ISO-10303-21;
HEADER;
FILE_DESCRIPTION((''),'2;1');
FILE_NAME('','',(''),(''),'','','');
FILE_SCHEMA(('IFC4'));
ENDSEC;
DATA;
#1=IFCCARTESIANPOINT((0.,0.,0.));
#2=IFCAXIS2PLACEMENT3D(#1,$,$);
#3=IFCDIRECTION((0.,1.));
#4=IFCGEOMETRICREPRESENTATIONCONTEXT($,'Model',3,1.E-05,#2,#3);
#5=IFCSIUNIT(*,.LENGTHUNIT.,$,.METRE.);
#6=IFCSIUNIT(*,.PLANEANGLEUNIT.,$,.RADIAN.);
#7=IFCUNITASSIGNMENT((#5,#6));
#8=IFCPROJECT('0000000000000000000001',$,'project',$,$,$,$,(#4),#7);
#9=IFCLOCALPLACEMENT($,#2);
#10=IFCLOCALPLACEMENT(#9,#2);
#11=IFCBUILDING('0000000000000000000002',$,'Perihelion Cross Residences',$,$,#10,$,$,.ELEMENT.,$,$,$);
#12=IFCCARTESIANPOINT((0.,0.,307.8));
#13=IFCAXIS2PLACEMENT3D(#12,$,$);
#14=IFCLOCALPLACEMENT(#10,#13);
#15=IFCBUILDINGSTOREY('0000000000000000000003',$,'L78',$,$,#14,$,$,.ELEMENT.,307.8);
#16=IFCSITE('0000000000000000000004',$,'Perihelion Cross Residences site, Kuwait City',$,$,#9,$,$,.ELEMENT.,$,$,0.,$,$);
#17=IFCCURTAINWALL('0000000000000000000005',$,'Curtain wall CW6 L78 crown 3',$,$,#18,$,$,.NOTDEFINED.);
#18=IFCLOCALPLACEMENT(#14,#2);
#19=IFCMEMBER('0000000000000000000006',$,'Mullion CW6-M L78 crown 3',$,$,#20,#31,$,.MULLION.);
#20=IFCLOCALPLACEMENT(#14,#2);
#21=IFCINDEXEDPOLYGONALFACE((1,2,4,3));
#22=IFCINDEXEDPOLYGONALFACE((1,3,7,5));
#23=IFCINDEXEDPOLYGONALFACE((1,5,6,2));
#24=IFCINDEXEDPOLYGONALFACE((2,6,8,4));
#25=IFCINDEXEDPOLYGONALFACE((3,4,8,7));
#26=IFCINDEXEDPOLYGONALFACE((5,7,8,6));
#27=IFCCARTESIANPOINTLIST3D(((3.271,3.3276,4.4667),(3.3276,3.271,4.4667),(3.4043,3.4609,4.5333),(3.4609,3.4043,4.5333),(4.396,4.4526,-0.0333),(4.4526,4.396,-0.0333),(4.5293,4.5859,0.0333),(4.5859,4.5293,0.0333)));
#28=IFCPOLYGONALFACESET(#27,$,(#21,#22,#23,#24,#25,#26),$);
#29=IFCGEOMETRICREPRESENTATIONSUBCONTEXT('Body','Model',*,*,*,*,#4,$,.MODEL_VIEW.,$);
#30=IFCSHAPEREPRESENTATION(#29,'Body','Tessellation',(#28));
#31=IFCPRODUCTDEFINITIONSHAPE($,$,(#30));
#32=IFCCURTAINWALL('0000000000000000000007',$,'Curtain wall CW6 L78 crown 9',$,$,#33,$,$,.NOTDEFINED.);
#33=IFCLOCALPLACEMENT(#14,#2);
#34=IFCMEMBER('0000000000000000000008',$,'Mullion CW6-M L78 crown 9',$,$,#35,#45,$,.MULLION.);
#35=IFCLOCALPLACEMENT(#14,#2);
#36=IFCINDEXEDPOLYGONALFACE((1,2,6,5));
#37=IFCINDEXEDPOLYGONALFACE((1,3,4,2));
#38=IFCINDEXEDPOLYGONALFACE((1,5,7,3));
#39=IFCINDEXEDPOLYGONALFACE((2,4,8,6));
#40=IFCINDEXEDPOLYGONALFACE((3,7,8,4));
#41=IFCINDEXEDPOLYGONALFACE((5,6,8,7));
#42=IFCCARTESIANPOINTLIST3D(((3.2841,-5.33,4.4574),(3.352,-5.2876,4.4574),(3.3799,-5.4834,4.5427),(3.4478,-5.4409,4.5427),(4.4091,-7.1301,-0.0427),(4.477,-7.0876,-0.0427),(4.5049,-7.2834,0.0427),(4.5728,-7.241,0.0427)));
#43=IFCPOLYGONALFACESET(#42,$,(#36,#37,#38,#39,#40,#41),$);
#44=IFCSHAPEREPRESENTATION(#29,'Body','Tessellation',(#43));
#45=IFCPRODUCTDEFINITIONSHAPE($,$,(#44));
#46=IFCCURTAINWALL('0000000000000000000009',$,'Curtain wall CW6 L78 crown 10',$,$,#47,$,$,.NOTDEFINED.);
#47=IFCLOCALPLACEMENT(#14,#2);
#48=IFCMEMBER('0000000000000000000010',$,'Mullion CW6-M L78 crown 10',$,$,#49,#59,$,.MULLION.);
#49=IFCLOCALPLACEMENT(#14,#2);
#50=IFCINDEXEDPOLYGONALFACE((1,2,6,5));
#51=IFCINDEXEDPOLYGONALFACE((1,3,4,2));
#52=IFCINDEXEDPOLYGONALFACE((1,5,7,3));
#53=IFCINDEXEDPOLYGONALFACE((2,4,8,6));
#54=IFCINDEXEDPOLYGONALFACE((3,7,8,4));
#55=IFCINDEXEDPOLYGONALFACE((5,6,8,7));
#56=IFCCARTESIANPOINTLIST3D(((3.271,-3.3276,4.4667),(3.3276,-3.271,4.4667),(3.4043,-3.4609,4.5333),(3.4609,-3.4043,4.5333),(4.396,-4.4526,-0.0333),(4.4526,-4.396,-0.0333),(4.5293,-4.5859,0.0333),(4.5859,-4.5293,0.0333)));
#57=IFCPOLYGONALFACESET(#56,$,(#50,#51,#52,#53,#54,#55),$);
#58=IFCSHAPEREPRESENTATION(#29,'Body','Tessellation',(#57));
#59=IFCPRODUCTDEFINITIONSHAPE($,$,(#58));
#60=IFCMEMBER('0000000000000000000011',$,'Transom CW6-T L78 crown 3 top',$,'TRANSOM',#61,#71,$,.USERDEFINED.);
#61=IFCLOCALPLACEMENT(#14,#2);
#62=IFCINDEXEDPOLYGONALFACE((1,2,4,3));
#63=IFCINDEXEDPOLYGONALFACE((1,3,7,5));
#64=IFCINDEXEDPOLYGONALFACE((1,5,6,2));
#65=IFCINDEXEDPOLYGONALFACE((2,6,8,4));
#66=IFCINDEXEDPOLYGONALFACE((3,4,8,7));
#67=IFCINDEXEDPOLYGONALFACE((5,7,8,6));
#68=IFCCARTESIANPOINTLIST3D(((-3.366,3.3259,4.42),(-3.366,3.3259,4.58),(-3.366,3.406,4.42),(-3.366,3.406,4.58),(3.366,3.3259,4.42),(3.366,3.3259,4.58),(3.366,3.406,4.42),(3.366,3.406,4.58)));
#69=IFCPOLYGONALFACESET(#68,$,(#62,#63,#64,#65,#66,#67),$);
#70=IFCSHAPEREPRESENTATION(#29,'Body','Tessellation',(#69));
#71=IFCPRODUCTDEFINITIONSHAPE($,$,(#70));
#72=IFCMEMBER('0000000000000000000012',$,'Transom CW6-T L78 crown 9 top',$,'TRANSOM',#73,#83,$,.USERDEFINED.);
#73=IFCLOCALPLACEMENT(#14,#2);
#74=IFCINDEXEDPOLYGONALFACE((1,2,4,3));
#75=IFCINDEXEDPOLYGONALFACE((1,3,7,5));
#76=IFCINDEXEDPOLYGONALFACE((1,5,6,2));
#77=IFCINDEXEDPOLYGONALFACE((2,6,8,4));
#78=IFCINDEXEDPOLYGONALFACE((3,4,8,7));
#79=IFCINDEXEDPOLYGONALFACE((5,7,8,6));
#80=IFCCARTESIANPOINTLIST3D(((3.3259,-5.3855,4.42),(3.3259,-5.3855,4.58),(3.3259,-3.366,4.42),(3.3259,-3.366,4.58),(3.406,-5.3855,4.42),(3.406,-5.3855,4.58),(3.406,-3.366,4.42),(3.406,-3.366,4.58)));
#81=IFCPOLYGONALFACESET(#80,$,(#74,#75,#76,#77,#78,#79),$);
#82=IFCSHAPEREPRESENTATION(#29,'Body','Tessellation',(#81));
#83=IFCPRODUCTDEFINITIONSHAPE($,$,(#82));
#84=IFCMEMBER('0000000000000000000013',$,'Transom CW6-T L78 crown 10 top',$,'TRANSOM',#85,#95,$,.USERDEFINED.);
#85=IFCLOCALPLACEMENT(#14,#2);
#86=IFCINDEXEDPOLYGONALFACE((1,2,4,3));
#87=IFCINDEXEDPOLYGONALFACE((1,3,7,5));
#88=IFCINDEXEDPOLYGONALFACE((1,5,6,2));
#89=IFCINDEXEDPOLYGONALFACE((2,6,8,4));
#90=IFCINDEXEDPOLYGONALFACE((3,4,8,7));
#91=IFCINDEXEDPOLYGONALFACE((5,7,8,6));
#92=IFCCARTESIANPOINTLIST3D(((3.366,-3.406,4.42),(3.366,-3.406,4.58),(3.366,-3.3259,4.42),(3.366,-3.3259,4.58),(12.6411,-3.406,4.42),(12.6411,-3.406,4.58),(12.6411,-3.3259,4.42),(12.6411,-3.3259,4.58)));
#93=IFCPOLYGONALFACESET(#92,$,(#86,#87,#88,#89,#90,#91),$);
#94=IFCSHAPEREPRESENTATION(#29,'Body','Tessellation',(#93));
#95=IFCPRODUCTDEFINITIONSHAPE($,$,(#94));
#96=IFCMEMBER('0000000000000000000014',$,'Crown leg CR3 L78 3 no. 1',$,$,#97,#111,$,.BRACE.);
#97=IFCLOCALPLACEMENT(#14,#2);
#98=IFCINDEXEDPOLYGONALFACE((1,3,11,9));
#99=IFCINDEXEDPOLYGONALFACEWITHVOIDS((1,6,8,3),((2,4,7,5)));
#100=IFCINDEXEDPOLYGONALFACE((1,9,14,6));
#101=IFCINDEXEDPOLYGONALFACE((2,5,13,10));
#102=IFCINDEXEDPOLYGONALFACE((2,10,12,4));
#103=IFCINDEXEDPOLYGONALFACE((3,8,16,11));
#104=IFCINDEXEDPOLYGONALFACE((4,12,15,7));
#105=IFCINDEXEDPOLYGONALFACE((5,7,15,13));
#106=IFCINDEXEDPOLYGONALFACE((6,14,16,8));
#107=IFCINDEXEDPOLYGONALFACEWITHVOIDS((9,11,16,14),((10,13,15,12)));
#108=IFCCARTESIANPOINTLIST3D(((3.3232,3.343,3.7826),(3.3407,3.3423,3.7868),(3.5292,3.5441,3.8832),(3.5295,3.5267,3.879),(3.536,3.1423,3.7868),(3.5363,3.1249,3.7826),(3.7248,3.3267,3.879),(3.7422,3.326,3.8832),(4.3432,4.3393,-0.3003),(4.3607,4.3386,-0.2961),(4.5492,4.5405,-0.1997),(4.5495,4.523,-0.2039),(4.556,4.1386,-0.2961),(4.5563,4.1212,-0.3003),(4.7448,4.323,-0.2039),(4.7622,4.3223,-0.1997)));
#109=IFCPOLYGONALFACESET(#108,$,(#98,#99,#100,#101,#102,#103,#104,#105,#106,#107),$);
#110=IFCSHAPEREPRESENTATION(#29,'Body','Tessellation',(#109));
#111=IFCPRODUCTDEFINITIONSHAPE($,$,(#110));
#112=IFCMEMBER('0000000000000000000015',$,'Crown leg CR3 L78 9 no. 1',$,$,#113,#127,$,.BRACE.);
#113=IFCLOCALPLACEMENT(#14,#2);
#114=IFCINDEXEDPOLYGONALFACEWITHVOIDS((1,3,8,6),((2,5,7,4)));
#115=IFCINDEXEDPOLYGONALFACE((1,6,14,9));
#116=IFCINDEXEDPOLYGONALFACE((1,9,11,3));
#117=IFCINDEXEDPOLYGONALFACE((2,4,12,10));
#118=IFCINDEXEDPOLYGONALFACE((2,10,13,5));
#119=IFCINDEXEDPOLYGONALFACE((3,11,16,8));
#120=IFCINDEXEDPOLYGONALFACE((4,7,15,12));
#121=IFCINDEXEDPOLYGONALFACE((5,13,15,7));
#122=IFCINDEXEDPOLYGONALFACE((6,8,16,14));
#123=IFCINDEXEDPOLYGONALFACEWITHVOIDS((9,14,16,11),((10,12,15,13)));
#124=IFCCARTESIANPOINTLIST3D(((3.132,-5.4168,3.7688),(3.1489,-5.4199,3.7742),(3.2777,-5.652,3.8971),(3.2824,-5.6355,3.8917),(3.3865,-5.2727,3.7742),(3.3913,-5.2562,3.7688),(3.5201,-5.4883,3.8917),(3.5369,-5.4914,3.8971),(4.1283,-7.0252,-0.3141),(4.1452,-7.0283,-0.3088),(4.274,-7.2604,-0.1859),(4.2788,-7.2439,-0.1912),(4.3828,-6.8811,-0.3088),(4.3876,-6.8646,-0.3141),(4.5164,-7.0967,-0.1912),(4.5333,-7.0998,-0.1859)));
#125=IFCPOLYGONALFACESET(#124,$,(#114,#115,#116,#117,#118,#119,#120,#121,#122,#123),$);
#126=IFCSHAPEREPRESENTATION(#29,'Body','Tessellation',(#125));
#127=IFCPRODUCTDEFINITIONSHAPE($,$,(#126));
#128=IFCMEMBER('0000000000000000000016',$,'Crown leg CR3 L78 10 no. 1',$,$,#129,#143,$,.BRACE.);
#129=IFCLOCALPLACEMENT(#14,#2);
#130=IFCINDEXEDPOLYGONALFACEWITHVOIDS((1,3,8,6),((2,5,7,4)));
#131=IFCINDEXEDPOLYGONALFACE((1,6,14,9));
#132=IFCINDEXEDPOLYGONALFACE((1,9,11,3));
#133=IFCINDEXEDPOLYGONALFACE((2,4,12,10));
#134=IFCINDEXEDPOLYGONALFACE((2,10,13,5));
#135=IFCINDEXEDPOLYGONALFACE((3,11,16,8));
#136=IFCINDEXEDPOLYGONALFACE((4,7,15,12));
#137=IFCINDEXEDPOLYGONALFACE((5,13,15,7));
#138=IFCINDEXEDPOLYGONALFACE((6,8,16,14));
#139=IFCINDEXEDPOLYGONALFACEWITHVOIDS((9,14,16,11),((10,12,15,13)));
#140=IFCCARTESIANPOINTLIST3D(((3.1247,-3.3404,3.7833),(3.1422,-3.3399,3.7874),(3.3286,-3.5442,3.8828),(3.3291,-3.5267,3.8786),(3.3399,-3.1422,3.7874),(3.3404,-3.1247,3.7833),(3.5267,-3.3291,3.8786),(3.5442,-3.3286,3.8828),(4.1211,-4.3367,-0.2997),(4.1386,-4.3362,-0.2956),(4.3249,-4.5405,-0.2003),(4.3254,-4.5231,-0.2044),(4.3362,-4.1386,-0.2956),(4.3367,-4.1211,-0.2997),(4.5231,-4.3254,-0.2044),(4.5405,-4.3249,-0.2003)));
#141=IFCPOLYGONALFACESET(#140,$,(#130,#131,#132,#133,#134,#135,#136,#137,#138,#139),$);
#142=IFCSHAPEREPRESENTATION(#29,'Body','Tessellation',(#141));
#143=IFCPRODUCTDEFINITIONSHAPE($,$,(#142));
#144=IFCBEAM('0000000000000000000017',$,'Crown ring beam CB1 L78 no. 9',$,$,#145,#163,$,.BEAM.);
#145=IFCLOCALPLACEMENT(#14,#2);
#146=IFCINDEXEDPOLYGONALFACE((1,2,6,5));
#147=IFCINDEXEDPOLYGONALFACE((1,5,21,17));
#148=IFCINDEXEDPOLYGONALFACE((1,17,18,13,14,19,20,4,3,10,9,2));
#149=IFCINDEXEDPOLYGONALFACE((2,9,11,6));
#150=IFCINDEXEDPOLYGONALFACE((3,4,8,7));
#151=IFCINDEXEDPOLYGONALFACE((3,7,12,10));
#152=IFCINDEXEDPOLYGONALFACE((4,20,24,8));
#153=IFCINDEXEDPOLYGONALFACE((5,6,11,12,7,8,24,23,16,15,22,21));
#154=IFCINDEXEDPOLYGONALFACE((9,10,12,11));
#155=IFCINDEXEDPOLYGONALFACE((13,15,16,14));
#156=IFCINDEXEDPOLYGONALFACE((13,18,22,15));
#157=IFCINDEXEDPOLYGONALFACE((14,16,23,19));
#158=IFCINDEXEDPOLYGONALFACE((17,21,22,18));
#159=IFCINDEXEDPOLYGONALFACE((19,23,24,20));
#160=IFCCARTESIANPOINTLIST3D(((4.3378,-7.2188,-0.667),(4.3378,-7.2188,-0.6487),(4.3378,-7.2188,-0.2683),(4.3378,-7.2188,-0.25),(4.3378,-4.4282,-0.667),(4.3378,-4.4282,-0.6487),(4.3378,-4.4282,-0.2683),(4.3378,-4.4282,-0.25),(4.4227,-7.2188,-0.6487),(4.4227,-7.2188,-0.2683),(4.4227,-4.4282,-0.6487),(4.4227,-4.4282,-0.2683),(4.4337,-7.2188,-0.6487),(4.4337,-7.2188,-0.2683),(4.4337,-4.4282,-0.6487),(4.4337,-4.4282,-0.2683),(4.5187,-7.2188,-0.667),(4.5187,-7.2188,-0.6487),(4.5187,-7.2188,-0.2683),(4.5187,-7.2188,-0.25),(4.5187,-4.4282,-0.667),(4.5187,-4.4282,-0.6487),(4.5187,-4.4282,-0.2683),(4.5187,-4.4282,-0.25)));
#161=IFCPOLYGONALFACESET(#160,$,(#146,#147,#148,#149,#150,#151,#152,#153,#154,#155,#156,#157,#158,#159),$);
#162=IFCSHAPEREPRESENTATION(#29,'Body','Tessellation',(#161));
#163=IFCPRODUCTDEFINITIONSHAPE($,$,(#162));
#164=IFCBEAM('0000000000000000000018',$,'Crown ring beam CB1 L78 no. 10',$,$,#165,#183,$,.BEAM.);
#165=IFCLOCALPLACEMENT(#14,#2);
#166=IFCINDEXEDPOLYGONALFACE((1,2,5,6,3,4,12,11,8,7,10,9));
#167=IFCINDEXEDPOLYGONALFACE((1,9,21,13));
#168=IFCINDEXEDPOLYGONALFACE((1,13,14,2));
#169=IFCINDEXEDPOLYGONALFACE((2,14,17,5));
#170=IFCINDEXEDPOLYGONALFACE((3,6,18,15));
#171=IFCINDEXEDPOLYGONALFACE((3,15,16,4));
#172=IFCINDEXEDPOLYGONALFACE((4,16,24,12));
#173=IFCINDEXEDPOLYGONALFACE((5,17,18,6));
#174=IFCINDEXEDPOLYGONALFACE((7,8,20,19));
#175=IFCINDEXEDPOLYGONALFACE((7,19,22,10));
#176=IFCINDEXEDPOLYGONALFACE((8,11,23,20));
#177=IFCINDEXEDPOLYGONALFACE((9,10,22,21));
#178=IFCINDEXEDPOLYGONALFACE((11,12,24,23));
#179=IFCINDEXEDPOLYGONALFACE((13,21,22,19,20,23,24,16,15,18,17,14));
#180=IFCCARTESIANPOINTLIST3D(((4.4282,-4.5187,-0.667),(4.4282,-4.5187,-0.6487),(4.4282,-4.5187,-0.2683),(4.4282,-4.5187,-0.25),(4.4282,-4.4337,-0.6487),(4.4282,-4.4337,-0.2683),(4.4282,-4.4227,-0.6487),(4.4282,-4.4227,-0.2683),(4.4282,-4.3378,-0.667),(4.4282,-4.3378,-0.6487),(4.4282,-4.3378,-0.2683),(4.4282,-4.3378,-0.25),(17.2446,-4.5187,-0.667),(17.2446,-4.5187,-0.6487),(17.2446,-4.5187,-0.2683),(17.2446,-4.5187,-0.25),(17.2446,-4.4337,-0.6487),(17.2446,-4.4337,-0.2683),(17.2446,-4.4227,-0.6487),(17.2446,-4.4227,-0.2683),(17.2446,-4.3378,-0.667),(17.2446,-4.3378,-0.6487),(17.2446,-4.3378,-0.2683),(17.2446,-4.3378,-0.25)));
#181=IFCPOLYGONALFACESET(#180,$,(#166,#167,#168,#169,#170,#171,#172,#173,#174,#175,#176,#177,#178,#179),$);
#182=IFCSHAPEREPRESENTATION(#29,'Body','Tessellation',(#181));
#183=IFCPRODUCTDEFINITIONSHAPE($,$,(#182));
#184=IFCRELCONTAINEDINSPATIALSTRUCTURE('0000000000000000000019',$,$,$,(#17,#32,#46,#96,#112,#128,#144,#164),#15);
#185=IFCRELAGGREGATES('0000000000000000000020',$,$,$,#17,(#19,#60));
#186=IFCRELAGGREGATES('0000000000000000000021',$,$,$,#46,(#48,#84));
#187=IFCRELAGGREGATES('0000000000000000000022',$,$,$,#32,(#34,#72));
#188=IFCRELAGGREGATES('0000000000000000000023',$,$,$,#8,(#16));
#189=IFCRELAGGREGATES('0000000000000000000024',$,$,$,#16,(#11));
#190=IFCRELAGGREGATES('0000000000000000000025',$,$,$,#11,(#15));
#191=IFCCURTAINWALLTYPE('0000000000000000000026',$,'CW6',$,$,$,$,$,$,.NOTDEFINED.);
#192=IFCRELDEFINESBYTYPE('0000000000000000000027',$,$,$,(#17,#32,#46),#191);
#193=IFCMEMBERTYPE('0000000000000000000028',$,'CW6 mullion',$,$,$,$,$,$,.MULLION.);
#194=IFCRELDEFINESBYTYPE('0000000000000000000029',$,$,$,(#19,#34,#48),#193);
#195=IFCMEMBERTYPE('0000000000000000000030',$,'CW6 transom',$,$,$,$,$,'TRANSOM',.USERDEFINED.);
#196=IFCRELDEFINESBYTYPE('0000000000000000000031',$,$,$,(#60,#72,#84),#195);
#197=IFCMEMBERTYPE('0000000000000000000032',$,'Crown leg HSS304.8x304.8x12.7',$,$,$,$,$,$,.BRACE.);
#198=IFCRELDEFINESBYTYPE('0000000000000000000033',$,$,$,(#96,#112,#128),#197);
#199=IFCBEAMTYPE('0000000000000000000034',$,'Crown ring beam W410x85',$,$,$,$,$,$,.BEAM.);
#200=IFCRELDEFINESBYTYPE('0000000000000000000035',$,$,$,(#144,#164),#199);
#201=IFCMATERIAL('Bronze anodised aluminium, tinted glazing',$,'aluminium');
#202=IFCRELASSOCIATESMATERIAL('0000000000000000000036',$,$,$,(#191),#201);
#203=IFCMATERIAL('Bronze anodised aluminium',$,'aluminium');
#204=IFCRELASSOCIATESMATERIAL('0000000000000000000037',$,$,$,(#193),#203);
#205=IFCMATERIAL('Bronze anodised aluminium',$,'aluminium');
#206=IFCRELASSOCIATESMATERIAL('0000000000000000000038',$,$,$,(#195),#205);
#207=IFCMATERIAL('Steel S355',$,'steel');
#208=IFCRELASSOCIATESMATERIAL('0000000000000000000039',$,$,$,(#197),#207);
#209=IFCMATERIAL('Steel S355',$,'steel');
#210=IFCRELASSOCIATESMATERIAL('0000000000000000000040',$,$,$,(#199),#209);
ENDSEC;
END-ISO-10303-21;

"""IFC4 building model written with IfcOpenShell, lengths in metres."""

from ifc_helpers import new_model, si_unit, direction, frame, origin, origin_2d, place, context, subcontext, project, spatial, rectangle, hollow_rectangle, i_section, extrude, material, material_profile, profile_set, type_object, element, aggregate, save


model = new_model("IFC4")

# Units and contexts
model_context = context("Model", 3, precision=1e-05, world=origin(), true_north=direction((0.0, 1.0)))
body_context = subcontext(model_context, "Body", "Model", "MODEL_VIEW")
ifc_project = project(units=[si_unit("LENGTHUNIT", "METRE"), si_unit("PLANEANGLEUNIT", "RADIAN")], contexts=[model_context])

# Site, building, storey
site_placement = place(None, origin())
site = spatial("IfcSite", under=ifc_project, at=site_placement, Name="Perihelion Cross Residences site, Kuwait City", CompositionType="ELEMENT", RefElevation=0.0)
building_placement = place(site_placement, origin())
building = spatial("IfcBuilding", under=site, at=building_placement, Name="Perihelion Cross Residences", CompositionType="ELEMENT")
storey_placement = place(building_placement, frame((0.0, 0.0, 307.8)))
storey = spatial("IfcBuildingStorey", under=building, at=storey_placement, Name="L78", CompositionType="ELEMENT", Elevation=307.8)

# Curtain walls, members
ifc_material_1 = material(Name="Bronze anodised aluminium, tinted glazing", Category="aluminium")
curtain_wall_type = type_object("IfcCurtainWallType", Name="CW6", PredefinedType="NOTDEFINED", material=ifc_material_1)
curtain_wall_1_placement = place(storey_placement, origin())
curtain_wall_1 = element("IfcCurtainWall", 1, at=curtain_wall_1_placement, inside=storey, type_object=curtain_wall_type, Name="Curtain wall CW6 L78 crown 3", PredefinedType="NOTDEFINED")
ifc_material_2 = material(Name="Bronze anodised aluminium", Category="aluminium")
ifc_material_profile_1 = material_profile(ifc_material_2, rectangle(XDim=0.0801, YDim=0.2, at=origin_2d()), Name="CW6 mullion")
ifc_profile_set_1 = profile_set([ifc_material_profile_1], Name="Bronze anodised aluminium")
member_type_1 = type_object("IfcMemberType", Name="CW6 mullion", PredefinedType="MULLION", material=ifc_profile_set_1)
member_1_placement = place(storey_placement, frame((4.491, 4.491, 0.0), z_axis=(-0.235702, -0.235702, 0.942809), x_axis=(0.707107, -0.707107, 0.0)))
member_1 = element("IfcMember", 2, at=member_1_placement, type_object=member_type_1, Name="Mullion CW6-M L78 crown 3", PredefinedType="MULLION", context=body_context, shape_type="SweptSolid", body=[
    extrude(rectangle(XDim=0.0801, YDim=0.2, at=origin_2d()), origin(), (0.0, 0.0, 1.0), 4.7729),
])
curtain_wall_2_placement = place(storey_placement, origin())
curtain_wall_2 = element("IfcCurtainWall", 3, at=curtain_wall_2_placement, inside=storey, type_object=curtain_wall_type, Name="Curtain wall CW6 L78 crown 9", PredefinedType="NOTDEFINED")
member_2_placement = place(storey_placement, frame((4.491, -7.1855, 0.0), z_axis=(-0.226107, 0.361781, 0.904428), x_axis=(-0.848005, -0.529989, 0.0)))
member_2 = element("IfcMember", 4, at=member_2_placement, type_object=member_type_1, Name="Mullion CW6-M L78 crown 9", PredefinedType="MULLION", context=body_context, shape_type="SweptSolid", body=[
    extrude(rectangle(XDim=0.0801, YDim=0.2, at=origin_2d()), origin(), (0.0, 0.0, 1.0), 4.9756),
])
curtain_wall_3_placement = place(storey_placement, origin())
curtain_wall_3 = element("IfcCurtainWall", 5, at=curtain_wall_3_placement, inside=storey, type_object=curtain_wall_type, Name="Curtain wall CW6 L78 crown 10", PredefinedType="NOTDEFINED")
member_3_placement = place(storey_placement, frame((4.491, -4.491, 0.0), z_axis=(-0.235702, 0.235702, 0.942809), x_axis=(-0.707107, -0.707107, 0.0)))
member_3 = element("IfcMember", 6, at=member_3_placement, type_object=member_type_1, Name="Mullion CW6-M L78 crown 10", PredefinedType="MULLION", context=body_context, shape_type="SweptSolid", body=[
    extrude(rectangle(XDim=0.0801, YDim=0.2, at=origin_2d()), origin(), (0.0, 0.0, 1.0), 4.7729),
])

# Members
ifc_material_3 = material(Name="Bronze anodised aluminium", Category="aluminium")
ifc_material_profile_2 = material_profile(ifc_material_3, rectangle(XDim=0.0801, YDim=0.1599, at=origin_2d()), Name="CW6 transom")
ifc_profile_set_2 = profile_set([ifc_material_profile_2], Name="Bronze anodised aluminium")
member_type_2 = type_object("IfcMemberType", Name="CW6 transom", ElementType="TRANSOM", PredefinedType="USERDEFINED", material=ifc_profile_set_2)
member_4_placement = place(storey_placement, frame((3.366, 3.366, 4.5), z_axis=(-1.0, 0.0, 0.0), x_axis=(0.0, -1.0, 0.0)))
member_4 = element("IfcMember", 7, at=member_4_placement, type_object=member_type_2, Name="Transom CW6-T L78 crown 3 top", ObjectType="TRANSOM", PredefinedType="USERDEFINED", context=body_context, shape_type="SweptSolid", body=[
    extrude(rectangle(XDim=0.0801, YDim=0.1599, at=origin_2d()), origin(), (0.0, 0.0, 1.0), 6.7319),
])
aggregate(curtain_wall_1, [member_1, member_4])
member_5_placement = place(storey_placement, frame((3.366, -5.3855, 4.5), z_axis=(0.0, 1.0, 0.0), x_axis=(-1.0, 0.0, 0.0)))
member_5 = element("IfcMember", 8, at=member_5_placement, type_object=member_type_2, Name="Transom CW6-T L78 crown 9 top", ObjectType="TRANSOM", PredefinedType="USERDEFINED", context=body_context, shape_type="SweptSolid", body=[
    extrude(rectangle(XDim=0.0801, YDim=0.1599, at=origin_2d()), origin(), (0.0, 0.0, 1.0), 2.0195),
])
member_6_placement = place(storey_placement, frame((3.366, -3.366, 4.5), z_axis=(1.0, 0.0, 0.0), x_axis=(0.0, 1.0, 0.0)))
member_6 = element("IfcMember", 9, at=member_6_placement, type_object=member_type_2, Name="Transom CW6-T L78 crown 10 top", ObjectType="TRANSOM", PredefinedType="USERDEFINED", context=body_context, shape_type="SweptSolid", body=[
    extrude(rectangle(XDim=0.0801, YDim=0.1599, at=origin_2d()), origin(), (0.0, 0.0, 1.0), 9.2751),
])
aggregate(curtain_wall_3, [member_3, member_6])

# Members
ifc_material_4 = material(Name="Steel S355", Category="steel")
ifc_material_profile_3 = material_profile(ifc_material_4, hollow_rectangle(XDim=0.3049, YDim=0.3049, WallThickness=0.0127, at=origin_2d()), Name="HSS304.8x304.8x12.7")
ifc_profile_set_3 = profile_set([ifc_material_profile_3], Name="Steel S355")
member_type_3 = type_object("IfcMemberType", Name="Crown leg HSS304.8x304.8x12.7", PredefinedType="BRACE", material=ifc_profile_set_3)
member_7_placement = place(storey_placement, frame((4.5527, 4.3308, -0.25), z_axis=(-0.235852, -0.230377, 0.944087), x_axis=(0.698754, -0.715362, 0.0)))
element("IfcMember", 10, at=member_7_placement, inside=storey, type_object=member_type_3, Name="Crown leg CR3 L78 3 no. 1", PredefinedType="BRACE", context=body_context, shape_type="SweptSolid", body=[
    extrude(hollow_rectangle(XDim=0.3049, YDim=0.3049, WallThickness=0.0127, at=origin_2d()), origin(), (0.0, 0.0, 1.0), 4.3247),
])
member_8_placement = place(storey_placement, frame((4.3308, -7.0625, -0.25), z_axis=(-0.221405, 0.357417, 0.907322), x_axis=(-0.850108, -0.526608, 0.0)))
element("IfcMember", 11, at=member_8_placement, inside=storey, type_object=member_type_3, Name="Crown leg CR3 L78 9 no. 1", PredefinedType="BRACE", context=body_context, shape_type="SweptSolid", body=[
    extrude(hollow_rectangle(XDim=0.3049, YDim=0.3049, WallThickness=0.0127, at=origin_2d()), origin(), (0.0, 0.0, 1.0), 4.5),
])
member_9_placement = place(storey_placement, frame((4.3308, -4.3308, -0.25), z_axis=(-0.230671, 0.230671, 0.945294), x_axis=(-0.707107, -0.707107, 0.0)))
element("IfcMember", 12, at=member_9_placement, inside=storey, type_object=member_type_3, Name="Crown leg CR3 L78 10 no. 1", PredefinedType="BRACE", context=body_context, shape_type="SweptSolid", body=[
    extrude(hollow_rectangle(XDim=0.3049, YDim=0.3049, WallThickness=0.0127, at=origin_2d()), origin(), (0.0, 0.0, 1.0), 4.3193),
])

# Beams
ifc_material_5 = material(Name="Steel S355", Category="steel")
ifc_material_profile_4 = material_profile(ifc_material_5, i_section(OverallWidth=0.1809, OverallDepth=0.417, WebThickness=0.011, FlangeThickness=0.0183, at=origin_2d()), Name="W410x85")
ifc_profile_set_4 = profile_set([ifc_material_profile_4], Name="Steel S355")
beam_type = type_object("IfcBeamType", Name="Crown ring beam W410x85", PredefinedType="BEAM", material=ifc_profile_set_4)
beam_1_placement = place(storey_placement, frame((4.4282, -7.2188, -0.4585), z_axis=(0.0, 1.0, 0.0), x_axis=(-1.0, 0.0, 0.0)))
element("IfcBeam", 13, at=beam_1_placement, inside=storey, type_object=beam_type, Name="Crown ring beam CB1 L78 no. 9", PredefinedType="BEAM", context=body_context, shape_type="SweptSolid", body=[
    extrude(i_section(OverallWidth=0.1809, OverallDepth=0.417, WebThickness=0.011, FlangeThickness=0.0183, at=origin_2d()), origin(), (0.0, 0.0, 1.0), 2.7905),
])
beam_2_placement = place(storey_placement, frame((4.4282, -4.4282, -0.4585), z_axis=(1.0, 0.0, 0.0), x_axis=(0.0, 1.0, 0.0)))
element("IfcBeam", 14, at=beam_2_placement, inside=storey, type_object=beam_type, Name="Crown ring beam CB1 L78 no. 10", PredefinedType="BEAM", context=body_context, shape_type="SweptSolid", body=[
    extrude(i_section(OverallWidth=0.1809, OverallDepth=0.417, WebThickness=0.011, FlangeThickness=0.0183, at=origin_2d()), origin(), (0.0, 0.0, 1.0), 12.8164),
])

aggregate(curtain_wall_2, [member_2, member_5])

save(model, "model.ifc")
